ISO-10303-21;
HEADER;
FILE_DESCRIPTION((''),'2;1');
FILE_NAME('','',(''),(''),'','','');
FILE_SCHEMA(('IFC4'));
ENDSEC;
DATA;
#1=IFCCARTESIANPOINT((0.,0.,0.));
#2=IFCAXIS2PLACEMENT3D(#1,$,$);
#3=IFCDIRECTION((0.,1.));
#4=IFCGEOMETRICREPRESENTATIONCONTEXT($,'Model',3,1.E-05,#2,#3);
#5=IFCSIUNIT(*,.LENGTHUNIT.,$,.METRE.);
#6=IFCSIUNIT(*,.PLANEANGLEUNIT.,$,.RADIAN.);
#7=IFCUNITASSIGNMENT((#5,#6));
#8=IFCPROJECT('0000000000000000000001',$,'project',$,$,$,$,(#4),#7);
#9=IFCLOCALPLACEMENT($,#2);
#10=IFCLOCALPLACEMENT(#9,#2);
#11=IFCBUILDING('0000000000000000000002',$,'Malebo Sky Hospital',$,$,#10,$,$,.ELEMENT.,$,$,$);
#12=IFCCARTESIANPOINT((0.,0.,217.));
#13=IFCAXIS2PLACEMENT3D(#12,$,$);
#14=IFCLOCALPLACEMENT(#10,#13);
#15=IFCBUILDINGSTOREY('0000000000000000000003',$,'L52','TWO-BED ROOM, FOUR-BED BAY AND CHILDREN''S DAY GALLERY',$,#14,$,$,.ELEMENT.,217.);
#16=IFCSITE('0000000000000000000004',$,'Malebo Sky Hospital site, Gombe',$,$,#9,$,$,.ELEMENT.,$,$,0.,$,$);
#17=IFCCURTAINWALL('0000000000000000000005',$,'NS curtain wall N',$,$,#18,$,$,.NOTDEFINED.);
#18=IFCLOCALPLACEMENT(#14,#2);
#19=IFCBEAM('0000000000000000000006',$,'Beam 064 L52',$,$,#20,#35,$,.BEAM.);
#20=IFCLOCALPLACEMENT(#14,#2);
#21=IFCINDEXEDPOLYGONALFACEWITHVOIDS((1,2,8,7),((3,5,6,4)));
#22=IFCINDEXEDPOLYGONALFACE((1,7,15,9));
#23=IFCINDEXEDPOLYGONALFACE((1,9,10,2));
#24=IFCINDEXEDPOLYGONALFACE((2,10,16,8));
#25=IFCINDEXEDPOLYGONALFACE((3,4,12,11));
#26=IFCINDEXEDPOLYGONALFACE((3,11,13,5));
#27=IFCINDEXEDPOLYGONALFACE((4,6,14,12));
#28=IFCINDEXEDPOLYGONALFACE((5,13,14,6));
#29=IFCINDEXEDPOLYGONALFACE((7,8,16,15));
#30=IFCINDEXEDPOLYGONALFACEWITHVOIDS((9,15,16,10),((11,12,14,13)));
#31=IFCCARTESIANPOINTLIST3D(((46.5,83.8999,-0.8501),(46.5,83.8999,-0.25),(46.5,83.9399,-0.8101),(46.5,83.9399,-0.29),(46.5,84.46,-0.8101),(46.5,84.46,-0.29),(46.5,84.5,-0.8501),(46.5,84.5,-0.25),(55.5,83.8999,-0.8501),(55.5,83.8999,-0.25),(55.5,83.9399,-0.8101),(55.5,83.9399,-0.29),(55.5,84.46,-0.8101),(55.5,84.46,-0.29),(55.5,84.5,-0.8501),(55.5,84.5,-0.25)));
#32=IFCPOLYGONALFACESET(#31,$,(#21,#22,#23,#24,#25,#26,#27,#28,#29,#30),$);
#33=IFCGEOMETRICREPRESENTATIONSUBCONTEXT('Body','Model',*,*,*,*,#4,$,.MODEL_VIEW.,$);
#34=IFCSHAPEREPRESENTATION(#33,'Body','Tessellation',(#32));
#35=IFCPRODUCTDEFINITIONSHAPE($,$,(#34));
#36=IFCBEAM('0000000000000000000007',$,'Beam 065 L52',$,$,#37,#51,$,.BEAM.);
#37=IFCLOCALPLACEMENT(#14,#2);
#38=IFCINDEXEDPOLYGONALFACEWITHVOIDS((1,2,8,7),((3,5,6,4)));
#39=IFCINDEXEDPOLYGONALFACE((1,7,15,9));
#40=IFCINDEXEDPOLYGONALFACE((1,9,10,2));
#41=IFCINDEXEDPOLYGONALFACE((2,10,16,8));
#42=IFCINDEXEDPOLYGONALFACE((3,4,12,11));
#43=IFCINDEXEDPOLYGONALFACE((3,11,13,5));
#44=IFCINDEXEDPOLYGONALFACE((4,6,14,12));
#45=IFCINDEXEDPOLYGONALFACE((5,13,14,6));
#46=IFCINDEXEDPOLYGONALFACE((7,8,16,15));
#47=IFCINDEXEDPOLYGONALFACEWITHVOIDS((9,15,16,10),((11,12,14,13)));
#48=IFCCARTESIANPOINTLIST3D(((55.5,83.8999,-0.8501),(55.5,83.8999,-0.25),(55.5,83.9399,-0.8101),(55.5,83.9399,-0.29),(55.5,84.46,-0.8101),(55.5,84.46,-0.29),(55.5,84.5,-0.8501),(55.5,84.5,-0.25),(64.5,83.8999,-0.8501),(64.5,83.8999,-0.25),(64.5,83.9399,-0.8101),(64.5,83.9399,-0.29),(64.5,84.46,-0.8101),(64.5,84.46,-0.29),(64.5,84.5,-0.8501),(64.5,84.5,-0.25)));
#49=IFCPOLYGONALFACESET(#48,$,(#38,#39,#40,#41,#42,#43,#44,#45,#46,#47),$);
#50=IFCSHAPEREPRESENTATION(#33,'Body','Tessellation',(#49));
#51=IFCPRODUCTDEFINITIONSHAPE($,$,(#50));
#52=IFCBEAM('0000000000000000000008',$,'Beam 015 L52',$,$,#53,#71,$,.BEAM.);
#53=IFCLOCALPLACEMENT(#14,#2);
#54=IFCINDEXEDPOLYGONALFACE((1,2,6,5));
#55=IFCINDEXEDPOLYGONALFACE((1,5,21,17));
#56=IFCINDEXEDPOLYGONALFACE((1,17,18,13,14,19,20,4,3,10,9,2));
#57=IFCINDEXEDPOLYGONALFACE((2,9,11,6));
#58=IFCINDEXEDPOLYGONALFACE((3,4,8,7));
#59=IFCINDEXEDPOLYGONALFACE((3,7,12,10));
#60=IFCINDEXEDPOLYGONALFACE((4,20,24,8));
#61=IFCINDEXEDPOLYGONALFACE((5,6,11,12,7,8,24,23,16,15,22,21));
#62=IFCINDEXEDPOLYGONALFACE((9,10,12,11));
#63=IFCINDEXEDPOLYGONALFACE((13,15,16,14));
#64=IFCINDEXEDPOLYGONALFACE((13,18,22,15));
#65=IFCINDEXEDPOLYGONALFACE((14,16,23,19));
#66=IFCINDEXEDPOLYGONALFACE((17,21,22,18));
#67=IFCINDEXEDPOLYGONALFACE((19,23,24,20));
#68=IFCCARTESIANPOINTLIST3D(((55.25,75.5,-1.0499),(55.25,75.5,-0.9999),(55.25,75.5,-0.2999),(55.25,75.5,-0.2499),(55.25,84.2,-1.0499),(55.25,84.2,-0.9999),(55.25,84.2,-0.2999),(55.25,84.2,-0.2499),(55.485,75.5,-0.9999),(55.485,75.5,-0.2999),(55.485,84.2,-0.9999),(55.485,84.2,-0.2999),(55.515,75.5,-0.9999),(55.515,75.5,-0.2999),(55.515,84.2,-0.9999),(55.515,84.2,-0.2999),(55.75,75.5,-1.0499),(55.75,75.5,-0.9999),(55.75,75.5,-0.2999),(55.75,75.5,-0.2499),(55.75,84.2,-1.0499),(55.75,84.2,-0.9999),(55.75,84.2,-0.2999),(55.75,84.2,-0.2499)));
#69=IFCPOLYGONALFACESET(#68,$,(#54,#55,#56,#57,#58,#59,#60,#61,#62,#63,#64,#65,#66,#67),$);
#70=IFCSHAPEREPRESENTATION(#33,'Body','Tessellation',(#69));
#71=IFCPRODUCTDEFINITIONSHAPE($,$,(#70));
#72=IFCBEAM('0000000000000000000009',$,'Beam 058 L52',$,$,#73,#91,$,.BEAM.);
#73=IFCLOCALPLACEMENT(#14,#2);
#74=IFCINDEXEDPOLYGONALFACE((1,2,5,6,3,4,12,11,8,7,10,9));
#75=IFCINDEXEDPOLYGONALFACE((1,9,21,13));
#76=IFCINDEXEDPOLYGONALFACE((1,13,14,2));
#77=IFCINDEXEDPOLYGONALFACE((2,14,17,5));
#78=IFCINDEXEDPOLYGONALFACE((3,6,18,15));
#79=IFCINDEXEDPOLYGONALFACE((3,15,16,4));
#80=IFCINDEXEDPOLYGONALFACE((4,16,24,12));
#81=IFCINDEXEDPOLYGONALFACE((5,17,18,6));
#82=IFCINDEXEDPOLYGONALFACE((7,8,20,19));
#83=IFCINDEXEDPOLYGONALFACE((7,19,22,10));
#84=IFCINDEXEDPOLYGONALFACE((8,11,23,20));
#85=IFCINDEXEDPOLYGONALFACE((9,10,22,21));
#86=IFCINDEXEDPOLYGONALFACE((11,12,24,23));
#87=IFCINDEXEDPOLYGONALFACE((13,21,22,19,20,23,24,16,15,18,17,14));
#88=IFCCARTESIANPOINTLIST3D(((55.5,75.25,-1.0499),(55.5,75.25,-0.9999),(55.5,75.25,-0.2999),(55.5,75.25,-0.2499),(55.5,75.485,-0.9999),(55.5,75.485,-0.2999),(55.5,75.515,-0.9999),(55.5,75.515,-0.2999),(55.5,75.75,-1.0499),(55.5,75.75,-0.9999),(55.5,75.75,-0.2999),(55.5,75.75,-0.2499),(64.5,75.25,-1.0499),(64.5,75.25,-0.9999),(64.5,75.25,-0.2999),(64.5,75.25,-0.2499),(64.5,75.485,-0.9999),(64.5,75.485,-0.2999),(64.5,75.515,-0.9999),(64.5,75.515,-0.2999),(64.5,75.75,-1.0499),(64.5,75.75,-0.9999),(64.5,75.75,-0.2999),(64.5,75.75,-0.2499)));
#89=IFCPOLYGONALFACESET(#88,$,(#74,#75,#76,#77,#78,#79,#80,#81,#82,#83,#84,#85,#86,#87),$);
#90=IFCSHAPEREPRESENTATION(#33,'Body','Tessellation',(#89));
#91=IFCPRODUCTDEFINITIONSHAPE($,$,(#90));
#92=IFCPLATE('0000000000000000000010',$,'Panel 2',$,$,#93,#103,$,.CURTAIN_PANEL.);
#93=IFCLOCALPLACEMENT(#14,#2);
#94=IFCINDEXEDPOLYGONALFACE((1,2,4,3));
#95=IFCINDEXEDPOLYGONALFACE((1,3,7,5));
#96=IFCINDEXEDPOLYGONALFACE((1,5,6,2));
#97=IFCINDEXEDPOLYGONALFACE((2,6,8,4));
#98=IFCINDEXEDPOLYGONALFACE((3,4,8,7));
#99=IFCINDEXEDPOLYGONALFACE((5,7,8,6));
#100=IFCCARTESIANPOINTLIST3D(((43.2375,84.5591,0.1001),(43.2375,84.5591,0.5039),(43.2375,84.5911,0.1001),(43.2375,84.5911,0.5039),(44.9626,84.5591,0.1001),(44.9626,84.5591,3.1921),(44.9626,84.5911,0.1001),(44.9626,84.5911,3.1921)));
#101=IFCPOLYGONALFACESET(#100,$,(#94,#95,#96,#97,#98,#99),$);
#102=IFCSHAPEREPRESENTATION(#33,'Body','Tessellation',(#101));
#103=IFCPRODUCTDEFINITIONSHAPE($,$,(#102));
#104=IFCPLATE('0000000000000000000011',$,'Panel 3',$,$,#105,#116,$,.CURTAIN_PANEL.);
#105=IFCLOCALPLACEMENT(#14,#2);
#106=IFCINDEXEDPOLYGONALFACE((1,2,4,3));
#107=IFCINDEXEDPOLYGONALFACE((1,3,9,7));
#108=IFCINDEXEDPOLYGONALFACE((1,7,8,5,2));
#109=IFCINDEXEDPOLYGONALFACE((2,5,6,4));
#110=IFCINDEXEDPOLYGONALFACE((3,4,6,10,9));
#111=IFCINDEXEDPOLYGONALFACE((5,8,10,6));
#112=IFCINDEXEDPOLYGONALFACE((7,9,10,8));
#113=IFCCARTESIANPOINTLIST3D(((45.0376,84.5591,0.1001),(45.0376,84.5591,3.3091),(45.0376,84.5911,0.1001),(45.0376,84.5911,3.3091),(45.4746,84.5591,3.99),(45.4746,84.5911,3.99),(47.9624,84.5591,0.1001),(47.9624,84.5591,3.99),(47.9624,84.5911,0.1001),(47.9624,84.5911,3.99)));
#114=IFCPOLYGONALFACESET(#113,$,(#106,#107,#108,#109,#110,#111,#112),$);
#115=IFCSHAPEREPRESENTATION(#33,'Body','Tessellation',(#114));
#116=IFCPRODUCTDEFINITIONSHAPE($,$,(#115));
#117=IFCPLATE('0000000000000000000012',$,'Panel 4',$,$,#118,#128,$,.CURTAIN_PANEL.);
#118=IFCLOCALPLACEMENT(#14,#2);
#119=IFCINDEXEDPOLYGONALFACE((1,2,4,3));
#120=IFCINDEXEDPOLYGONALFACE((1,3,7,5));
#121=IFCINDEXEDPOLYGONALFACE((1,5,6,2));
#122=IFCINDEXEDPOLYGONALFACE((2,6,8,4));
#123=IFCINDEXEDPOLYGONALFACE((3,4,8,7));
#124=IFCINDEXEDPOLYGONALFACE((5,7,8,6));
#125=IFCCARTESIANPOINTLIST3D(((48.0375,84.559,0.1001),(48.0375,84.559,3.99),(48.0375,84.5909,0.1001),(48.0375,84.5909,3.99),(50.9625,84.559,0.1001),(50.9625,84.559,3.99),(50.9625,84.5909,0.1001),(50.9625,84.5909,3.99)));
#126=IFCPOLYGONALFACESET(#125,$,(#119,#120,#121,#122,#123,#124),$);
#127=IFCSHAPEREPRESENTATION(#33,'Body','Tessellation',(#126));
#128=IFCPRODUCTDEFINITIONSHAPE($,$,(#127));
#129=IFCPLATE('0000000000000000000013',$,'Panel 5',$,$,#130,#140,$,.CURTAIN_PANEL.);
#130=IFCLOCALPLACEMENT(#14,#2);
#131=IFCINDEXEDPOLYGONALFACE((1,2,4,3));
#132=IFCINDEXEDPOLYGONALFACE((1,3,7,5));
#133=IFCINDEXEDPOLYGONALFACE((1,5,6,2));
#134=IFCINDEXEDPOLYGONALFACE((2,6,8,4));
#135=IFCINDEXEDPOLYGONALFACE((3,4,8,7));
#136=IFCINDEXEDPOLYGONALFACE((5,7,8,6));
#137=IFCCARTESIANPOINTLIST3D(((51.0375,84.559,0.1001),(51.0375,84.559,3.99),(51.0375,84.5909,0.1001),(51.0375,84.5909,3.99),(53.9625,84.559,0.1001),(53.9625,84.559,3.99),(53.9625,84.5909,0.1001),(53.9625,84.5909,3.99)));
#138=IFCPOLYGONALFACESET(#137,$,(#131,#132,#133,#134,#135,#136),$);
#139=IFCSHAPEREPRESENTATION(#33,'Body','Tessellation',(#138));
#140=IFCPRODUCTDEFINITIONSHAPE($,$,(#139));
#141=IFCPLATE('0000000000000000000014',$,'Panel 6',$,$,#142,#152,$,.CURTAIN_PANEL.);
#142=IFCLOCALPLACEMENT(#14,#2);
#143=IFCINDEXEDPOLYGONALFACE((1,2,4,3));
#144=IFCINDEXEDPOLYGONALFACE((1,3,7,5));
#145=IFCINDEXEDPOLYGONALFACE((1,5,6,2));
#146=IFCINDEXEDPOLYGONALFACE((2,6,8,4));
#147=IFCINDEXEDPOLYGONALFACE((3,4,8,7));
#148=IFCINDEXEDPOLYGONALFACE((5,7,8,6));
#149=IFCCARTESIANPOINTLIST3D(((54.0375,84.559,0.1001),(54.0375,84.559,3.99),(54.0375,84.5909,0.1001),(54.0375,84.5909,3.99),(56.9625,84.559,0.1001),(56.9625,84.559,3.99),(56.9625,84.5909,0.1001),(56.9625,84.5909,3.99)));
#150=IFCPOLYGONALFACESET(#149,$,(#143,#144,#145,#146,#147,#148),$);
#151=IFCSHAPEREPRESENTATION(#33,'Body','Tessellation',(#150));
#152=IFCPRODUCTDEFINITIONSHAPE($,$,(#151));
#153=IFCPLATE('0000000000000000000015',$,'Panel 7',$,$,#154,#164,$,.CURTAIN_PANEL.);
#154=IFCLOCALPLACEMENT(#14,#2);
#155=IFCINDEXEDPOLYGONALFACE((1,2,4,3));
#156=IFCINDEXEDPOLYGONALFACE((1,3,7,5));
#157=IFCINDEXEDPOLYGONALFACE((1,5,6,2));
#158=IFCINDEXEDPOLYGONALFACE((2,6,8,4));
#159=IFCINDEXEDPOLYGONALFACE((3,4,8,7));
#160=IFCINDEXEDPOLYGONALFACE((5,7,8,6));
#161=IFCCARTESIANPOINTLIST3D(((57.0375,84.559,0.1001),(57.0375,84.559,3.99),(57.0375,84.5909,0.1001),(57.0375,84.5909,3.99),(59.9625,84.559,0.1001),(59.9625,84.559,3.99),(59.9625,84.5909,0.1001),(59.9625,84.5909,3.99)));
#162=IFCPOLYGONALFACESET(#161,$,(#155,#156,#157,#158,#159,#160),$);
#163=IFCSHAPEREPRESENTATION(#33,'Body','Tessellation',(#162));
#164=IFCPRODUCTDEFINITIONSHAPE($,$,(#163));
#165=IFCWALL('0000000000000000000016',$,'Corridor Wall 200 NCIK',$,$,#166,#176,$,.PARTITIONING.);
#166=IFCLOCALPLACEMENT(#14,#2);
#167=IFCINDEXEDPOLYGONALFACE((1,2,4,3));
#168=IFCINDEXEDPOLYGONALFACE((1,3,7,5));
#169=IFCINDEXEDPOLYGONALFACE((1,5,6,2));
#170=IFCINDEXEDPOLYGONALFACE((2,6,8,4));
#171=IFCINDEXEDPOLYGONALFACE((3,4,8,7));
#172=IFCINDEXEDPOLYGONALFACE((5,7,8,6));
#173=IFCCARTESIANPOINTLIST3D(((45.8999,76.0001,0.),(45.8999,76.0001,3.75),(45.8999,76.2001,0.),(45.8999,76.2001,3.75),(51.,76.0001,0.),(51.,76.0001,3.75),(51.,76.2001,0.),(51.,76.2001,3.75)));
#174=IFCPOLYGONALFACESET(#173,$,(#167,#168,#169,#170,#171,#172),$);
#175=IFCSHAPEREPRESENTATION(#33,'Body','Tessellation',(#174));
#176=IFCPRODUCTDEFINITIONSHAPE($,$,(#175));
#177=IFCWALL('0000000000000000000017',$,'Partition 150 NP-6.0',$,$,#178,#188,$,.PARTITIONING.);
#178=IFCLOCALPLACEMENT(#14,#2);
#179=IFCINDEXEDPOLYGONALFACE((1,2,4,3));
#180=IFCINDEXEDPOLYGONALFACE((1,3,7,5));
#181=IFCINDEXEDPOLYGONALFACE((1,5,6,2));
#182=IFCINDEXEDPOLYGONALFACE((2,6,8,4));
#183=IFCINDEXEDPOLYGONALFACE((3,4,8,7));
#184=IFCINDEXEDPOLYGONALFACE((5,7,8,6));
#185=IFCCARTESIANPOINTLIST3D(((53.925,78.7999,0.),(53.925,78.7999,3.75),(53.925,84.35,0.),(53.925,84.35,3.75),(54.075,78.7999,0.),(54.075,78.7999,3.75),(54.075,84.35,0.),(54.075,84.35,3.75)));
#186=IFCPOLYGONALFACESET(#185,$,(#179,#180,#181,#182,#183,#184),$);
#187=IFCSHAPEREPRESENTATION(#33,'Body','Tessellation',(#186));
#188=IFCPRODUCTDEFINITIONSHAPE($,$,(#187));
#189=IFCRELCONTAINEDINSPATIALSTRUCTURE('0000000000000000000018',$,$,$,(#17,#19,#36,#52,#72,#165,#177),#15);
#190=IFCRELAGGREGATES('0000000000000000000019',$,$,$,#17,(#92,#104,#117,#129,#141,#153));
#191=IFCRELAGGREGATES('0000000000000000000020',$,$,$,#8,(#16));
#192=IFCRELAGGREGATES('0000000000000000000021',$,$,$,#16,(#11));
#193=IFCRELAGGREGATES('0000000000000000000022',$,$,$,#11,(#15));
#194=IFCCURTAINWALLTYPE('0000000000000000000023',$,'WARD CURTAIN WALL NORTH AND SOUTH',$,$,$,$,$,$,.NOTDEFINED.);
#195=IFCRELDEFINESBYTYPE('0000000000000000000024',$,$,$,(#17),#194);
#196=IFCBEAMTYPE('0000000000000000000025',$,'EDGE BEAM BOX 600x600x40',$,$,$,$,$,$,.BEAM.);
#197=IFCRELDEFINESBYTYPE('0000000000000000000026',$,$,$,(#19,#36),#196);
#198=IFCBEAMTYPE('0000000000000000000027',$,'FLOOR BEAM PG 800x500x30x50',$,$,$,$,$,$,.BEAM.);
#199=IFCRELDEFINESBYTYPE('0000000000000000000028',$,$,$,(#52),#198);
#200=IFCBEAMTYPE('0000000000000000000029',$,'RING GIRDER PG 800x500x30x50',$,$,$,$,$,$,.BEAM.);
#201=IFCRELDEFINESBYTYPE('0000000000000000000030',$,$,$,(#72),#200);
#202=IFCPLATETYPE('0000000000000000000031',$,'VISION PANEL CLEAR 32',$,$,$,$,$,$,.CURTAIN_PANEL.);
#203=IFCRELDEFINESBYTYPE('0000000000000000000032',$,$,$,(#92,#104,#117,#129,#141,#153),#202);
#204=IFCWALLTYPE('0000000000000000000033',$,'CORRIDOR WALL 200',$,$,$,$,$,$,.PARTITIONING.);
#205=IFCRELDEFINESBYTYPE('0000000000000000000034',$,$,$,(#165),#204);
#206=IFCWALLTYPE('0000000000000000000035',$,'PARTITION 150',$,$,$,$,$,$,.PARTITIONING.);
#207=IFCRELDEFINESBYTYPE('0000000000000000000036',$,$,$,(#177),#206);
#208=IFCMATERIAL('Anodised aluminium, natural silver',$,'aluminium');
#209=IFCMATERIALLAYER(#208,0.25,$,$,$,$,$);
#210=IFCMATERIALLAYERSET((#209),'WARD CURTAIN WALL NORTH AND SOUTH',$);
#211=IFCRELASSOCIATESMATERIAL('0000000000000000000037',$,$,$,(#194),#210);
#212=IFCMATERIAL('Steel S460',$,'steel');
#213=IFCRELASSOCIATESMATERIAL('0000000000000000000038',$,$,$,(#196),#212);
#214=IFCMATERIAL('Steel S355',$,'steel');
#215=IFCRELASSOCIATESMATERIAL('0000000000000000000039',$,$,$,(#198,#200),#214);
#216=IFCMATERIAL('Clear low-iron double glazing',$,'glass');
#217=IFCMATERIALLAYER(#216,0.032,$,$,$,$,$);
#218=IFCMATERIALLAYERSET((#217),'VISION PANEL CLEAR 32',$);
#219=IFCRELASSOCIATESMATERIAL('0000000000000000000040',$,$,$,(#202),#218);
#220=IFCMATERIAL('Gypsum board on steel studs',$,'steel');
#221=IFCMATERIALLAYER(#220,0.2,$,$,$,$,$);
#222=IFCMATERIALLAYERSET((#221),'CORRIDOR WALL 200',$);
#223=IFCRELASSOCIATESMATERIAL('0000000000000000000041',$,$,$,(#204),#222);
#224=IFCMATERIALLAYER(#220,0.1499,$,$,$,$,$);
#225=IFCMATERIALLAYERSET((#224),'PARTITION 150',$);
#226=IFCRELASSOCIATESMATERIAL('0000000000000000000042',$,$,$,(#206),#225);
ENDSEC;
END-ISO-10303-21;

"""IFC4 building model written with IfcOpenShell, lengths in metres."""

from ifc_helpers import new_model, si_unit, direction, frame, frame_2d, origin, origin_2d, place, context, subcontext, project, spatial, polyline, rectangle, hollow_rectangle, i_section, outline, extrude, material, layer, layer_set, material_profile, profile_set, type_object, element, aggregate, save


model = new_model("IFC4")

# Units and contexts
model_context = context("Model", 3, precision=1e-05, world=origin(), true_north=direction((0.0, 1.0)))
body_context = subcontext(model_context, "Body", "Model", "MODEL_VIEW")
ifc_project = project(units=[si_unit("LENGTHUNIT", "METRE"), si_unit("PLANEANGLEUNIT", "RADIAN")], contexts=[model_context])

# Site, building, storey
site_placement = place(None, origin())
site = spatial("IfcSite", under=ifc_project, at=site_placement, Name="Malebo Sky Hospital site, Gombe", CompositionType="ELEMENT", RefElevation=0.0)
building_placement = place(site_placement, origin())
building = spatial("IfcBuilding", under=site, at=building_placement, Name="Malebo Sky Hospital", CompositionType="ELEMENT")
storey_placement = place(building_placement, frame((0.0, 0.0, 217.0)))
storey = spatial("IfcBuildingStorey", under=building, at=storey_placement, Name="L52", Description="TWO-BED ROOM, FOUR-BED BAY AND CHILDREN'S DAY GALLERY", CompositionType="ELEMENT", Elevation=217.0)

# Shared definitions
ifc_material_1 = material(Name="Steel S460", Category="steel")

# Curtain wall
ifc_material_2 = material(Name="Anodised aluminium, natural silver", Category="aluminium")
ifc_layer_1 = layer(ifc_material_2, 0.25)
ifc_layer_set_1 = layer_set([ifc_layer_1], Name="WARD CURTAIN WALL NORTH AND SOUTH")
curtain_wall_type = type_object("IfcCurtainWallType", Name="WARD CURTAIN WALL NORTH AND SOUTH", PredefinedType="NOTDEFINED", material=ifc_layer_set_1)
curtain_wall_placement = place(storey_placement, origin())
curtain_wall = element("IfcCurtainWall", 1, at=curtain_wall_placement, inside=storey, type_object=curtain_wall_type, Name="NS curtain wall N", PredefinedType="NOTDEFINED")

# Beams
ifc_material_profile_1 = material_profile(ifc_material_1, hollow_rectangle(XDim=0.6001, YDim=0.6001, WallThickness=0.04, at=origin_2d()), Name="BOX 600x600x40")
ifc_profile_set_1 = profile_set([ifc_material_profile_1], Name="Steel S460")
beam_type_1 = type_object("IfcBeamType", Name="EDGE BEAM BOX 600x600x40", PredefinedType="BEAM", material=ifc_profile_set_1)
for number, where, z_axis, x_axis, name in (
    (2, (46.5, 84.2, -0.55), (1.0, 0.0, 0.0), (0.0, 1.0, 0.0), "Beam 064 L52"),
    (3, (55.5, 84.2, -0.55), (1.0, 0.0, 0.0), (0.0, 1.0, 0.0), "Beam 065 L52"),
):
    element("IfcBeam", number, at=place(storey_placement, frame(where, z_axis=z_axis, x_axis=x_axis)), inside=storey, type_object=beam_type_1, Name=name, PredefinedType="BEAM", context=body_context, shape_type="SweptSolid", body=[
        extrude(hollow_rectangle(XDim=0.6001, YDim=0.6001, WallThickness=0.04, at=origin_2d()), origin(), (0.0, 0.0, 1.0), 9.0),
    ])
ifc_material_3 = material(Name="Steel S355", Category="steel")
ifc_material_profile_2 = material_profile(ifc_material_3, i_section(OverallWidth=0.5, OverallDepth=0.8, WebThickness=0.03, FlangeThickness=0.05, at=origin_2d()), Name="PG 800x500x30x50")
ifc_profile_set_2 = profile_set([ifc_material_profile_2], Name="Steel S355")
beam_type_2 = type_object("IfcBeamType", Name="FLOOR BEAM PG 800x500x30x50", PredefinedType="BEAM", material=ifc_profile_set_2)
beam_1_placement = place(storey_placement, frame((55.5, 75.5, -0.6499), z_axis=(0.0, 1.0, 0.0), x_axis=(-1.0, 0.0, 0.0)))
element("IfcBeam", 4, at=beam_1_placement, inside=storey, type_object=beam_type_2, Name="Beam 015 L52", PredefinedType="BEAM", context=body_context, shape_type="SweptSolid", body=[
    extrude(i_section(OverallWidth=0.5, OverallDepth=0.8, WebThickness=0.03, FlangeThickness=0.05, at=origin_2d()), origin(), (0.0, 0.0, 1.0), 8.7),
])
ifc_material_profile_3 = material_profile(ifc_material_3, i_section(OverallWidth=0.5, OverallDepth=0.8, WebThickness=0.03, FlangeThickness=0.05, at=origin_2d()), Name="PG 800x500x30x50")
ifc_profile_set_3 = profile_set([ifc_material_profile_3], Name="Steel S355")
beam_type_3 = type_object("IfcBeamType", Name="RING GIRDER PG 800x500x30x50", PredefinedType="BEAM", material=ifc_profile_set_3)
beam_2_placement = place(storey_placement, frame((55.5, 75.5, -0.6499), z_axis=(1.0, 0.0, 0.0), x_axis=(0.0, 1.0, 0.0)))
element("IfcBeam", 5, at=beam_2_placement, inside=storey, type_object=beam_type_3, Name="Beam 058 L52", PredefinedType="BEAM", context=body_context, shape_type="SweptSolid", body=[
    extrude(i_section(OverallWidth=0.5, OverallDepth=0.8, WebThickness=0.03, FlangeThickness=0.05, at=origin_2d()), origin(), (0.0, 0.0, 1.0), 9.0),
])

# Plates
ifc_material_4 = material(Name="Clear low-iron double glazing", Category="glass")
ifc_layer_2 = layer(ifc_material_4, 0.032)
ifc_layer_set_2 = layer_set([ifc_layer_2], Name="VISION PANEL CLEAR 32")
plate_type = type_object("IfcPlateType", Name="VISION PANEL CLEAR 32", PredefinedType="CURTAIN_PANEL", material=ifc_layer_set_2)
plate_1_placement = place(storey_placement, frame((44.1001, 84.575, 0.1001), z_axis=(0.0, 0.0, 1.0), x_axis=(1.0, 0.0, 0.0)))
plate_1 = element("IfcPlate", 6, at=plate_1_placement, type_object=plate_type, Name="Panel 2", PredefinedType="CURTAIN_PANEL", context=body_context, shape_type="SweptSolid", body=[
    extrude(outline(polyline([(-0.8625, 0.0), (0.8625, 0.0), (0.8625, 3.092), (-0.8625, 0.4038), (-0.8625, 0.0)])), frame((0.0, 0.0161, 0.0), z_axis=(0.0, -1.0, 0.0), x_axis=(1.0, 0.0, 0.0)), (0.0, 0.0, 1.0), 0.032),
])
plate_2_placement = place(storey_placement, frame((46.5, 84.575, 0.1001), z_axis=(0.0, 0.0, 1.0), x_axis=(1.0, 0.0, 0.0)))
plate_2 = element("IfcPlate", 7, at=plate_2_placement, type_object=plate_type, Name="Panel 3", PredefinedType="CURTAIN_PANEL", context=body_context, shape_type="SweptSolid", body=[
    extrude(outline(polyline([(-1.4624, 0.0), (1.4624, 0.0), (1.4624, 3.8899), (-1.0254, 3.8899), (-1.4624, 3.209), (-1.4624, 0.0)])), frame((0.0, 0.0161, 0.0), z_axis=(0.0, -1.0, 0.0), x_axis=(1.0, 0.0, 0.0)), (0.0, 0.0, 1.0), 0.032),
])
plate_3_placement = place(storey_placement, frame((49.5, 84.575, 0.1001), z_axis=(0.0, 0.0, 1.0), x_axis=(1.0, 0.0, 0.0)))
plate_3 = element("IfcPlate", 8, at=plate_3_placement, type_object=plate_type, Name="Panel 4", PredefinedType="CURTAIN_PANEL", context=body_context, shape_type="SweptSolid", body=[
    extrude(rectangle(XDim=2.925, YDim=0.032, at=origin_2d()), origin(), (0.0, 0.0, 1.0), 3.8899),
])
plate_4_placement = place(storey_placement, frame((52.5, 84.575, 0.1001), z_axis=(0.0, 0.0, 1.0), x_axis=(1.0, 0.0, 0.0)))
plate_4 = element("IfcPlate", 9, at=plate_4_placement, type_object=plate_type, Name="Panel 5", PredefinedType="CURTAIN_PANEL", context=body_context, shape_type="SweptSolid", body=[
    extrude(rectangle(XDim=2.925, YDim=0.032, at=origin_2d()), origin(), (0.0, 0.0, 1.0), 3.8899),
])
plate_5_placement = place(storey_placement, frame((55.5, 84.575, 0.1001), z_axis=(0.0, 0.0, 1.0), x_axis=(1.0, 0.0, 0.0)))
plate_5 = element("IfcPlate", 10, at=plate_5_placement, type_object=plate_type, Name="Panel 6", PredefinedType="CURTAIN_PANEL", context=body_context, shape_type="SweptSolid", body=[
    extrude(rectangle(XDim=2.925, YDim=0.032, at=origin_2d()), origin(), (0.0, 0.0, 1.0), 3.8899),
])
plate_6_placement = place(storey_placement, frame((58.5, 84.575, 0.1001), z_axis=(0.0, 0.0, 1.0), x_axis=(1.0, 0.0, 0.0)))
plate_6 = element("IfcPlate", 11, at=plate_6_placement, type_object=plate_type, Name="Panel 7", PredefinedType="CURTAIN_PANEL", context=body_context, shape_type="SweptSolid", body=[
    extrude(rectangle(XDim=2.925, YDim=0.032, at=origin_2d()), origin(), (0.0, 0.0, 1.0), 3.8899),
])
aggregate(curtain_wall, [plate_1, plate_2, plate_3, plate_4, plate_5, plate_6])

# Walls
ifc_material_5 = material(Name="Gypsum board on steel studs", Category="steel")
ifc_layer_3 = layer(ifc_material_5, 0.2)
ifc_layer_set_3 = layer_set([ifc_layer_3], Name="CORRIDOR WALL 200")
wall_type_1 = type_object("IfcWallType", Name="CORRIDOR WALL 200", PredefinedType="PARTITIONING", material=ifc_layer_set_3)
wall_1_placement = place(storey_placement, frame((45.8999, 76.1001, 0.0), z_axis=(0.0, 0.0, 1.0), x_axis=(1.0, 0.0, 0.0)))
element("IfcWall", 12, at=wall_1_placement, inside=storey, type_object=wall_type_1, Name="Corridor Wall 200 NCIK", PredefinedType="PARTITIONING", context=body_context, shape_type="SweptSolid", body=[
    extrude(rectangle(XDim=5.1001, YDim=0.2, at=frame_2d((2.55, 0.0))), origin(), (0.0, 0.0, 1.0), 3.75),
])
ifc_layer_4 = layer(ifc_material_5, 0.1499)
ifc_layer_set_4 = layer_set([ifc_layer_4], Name="PARTITION 150")
wall_type_2 = type_object("IfcWallType", Name="PARTITION 150", PredefinedType="PARTITIONING", material=ifc_layer_set_4)
wall_2_placement = place(storey_placement, frame((54.0, 78.8, 0.0), z_axis=(0.0, 0.0, 1.0), x_axis=(0.0, 1.0, 0.0)))
element("IfcWall", 13, at=wall_2_placement, inside=storey, type_object=wall_type_2, Name="Partition 150 NP-6.0", PredefinedType="PARTITIONING", context=body_context, shape_type="SweptSolid", body=[
    extrude(rectangle(XDim=5.55, YDim=0.1499, at=frame_2d((2.7749, 0.0))), origin(), (0.0, 0.0, 1.0), 3.75),
])

save(model, "model.ifc")
